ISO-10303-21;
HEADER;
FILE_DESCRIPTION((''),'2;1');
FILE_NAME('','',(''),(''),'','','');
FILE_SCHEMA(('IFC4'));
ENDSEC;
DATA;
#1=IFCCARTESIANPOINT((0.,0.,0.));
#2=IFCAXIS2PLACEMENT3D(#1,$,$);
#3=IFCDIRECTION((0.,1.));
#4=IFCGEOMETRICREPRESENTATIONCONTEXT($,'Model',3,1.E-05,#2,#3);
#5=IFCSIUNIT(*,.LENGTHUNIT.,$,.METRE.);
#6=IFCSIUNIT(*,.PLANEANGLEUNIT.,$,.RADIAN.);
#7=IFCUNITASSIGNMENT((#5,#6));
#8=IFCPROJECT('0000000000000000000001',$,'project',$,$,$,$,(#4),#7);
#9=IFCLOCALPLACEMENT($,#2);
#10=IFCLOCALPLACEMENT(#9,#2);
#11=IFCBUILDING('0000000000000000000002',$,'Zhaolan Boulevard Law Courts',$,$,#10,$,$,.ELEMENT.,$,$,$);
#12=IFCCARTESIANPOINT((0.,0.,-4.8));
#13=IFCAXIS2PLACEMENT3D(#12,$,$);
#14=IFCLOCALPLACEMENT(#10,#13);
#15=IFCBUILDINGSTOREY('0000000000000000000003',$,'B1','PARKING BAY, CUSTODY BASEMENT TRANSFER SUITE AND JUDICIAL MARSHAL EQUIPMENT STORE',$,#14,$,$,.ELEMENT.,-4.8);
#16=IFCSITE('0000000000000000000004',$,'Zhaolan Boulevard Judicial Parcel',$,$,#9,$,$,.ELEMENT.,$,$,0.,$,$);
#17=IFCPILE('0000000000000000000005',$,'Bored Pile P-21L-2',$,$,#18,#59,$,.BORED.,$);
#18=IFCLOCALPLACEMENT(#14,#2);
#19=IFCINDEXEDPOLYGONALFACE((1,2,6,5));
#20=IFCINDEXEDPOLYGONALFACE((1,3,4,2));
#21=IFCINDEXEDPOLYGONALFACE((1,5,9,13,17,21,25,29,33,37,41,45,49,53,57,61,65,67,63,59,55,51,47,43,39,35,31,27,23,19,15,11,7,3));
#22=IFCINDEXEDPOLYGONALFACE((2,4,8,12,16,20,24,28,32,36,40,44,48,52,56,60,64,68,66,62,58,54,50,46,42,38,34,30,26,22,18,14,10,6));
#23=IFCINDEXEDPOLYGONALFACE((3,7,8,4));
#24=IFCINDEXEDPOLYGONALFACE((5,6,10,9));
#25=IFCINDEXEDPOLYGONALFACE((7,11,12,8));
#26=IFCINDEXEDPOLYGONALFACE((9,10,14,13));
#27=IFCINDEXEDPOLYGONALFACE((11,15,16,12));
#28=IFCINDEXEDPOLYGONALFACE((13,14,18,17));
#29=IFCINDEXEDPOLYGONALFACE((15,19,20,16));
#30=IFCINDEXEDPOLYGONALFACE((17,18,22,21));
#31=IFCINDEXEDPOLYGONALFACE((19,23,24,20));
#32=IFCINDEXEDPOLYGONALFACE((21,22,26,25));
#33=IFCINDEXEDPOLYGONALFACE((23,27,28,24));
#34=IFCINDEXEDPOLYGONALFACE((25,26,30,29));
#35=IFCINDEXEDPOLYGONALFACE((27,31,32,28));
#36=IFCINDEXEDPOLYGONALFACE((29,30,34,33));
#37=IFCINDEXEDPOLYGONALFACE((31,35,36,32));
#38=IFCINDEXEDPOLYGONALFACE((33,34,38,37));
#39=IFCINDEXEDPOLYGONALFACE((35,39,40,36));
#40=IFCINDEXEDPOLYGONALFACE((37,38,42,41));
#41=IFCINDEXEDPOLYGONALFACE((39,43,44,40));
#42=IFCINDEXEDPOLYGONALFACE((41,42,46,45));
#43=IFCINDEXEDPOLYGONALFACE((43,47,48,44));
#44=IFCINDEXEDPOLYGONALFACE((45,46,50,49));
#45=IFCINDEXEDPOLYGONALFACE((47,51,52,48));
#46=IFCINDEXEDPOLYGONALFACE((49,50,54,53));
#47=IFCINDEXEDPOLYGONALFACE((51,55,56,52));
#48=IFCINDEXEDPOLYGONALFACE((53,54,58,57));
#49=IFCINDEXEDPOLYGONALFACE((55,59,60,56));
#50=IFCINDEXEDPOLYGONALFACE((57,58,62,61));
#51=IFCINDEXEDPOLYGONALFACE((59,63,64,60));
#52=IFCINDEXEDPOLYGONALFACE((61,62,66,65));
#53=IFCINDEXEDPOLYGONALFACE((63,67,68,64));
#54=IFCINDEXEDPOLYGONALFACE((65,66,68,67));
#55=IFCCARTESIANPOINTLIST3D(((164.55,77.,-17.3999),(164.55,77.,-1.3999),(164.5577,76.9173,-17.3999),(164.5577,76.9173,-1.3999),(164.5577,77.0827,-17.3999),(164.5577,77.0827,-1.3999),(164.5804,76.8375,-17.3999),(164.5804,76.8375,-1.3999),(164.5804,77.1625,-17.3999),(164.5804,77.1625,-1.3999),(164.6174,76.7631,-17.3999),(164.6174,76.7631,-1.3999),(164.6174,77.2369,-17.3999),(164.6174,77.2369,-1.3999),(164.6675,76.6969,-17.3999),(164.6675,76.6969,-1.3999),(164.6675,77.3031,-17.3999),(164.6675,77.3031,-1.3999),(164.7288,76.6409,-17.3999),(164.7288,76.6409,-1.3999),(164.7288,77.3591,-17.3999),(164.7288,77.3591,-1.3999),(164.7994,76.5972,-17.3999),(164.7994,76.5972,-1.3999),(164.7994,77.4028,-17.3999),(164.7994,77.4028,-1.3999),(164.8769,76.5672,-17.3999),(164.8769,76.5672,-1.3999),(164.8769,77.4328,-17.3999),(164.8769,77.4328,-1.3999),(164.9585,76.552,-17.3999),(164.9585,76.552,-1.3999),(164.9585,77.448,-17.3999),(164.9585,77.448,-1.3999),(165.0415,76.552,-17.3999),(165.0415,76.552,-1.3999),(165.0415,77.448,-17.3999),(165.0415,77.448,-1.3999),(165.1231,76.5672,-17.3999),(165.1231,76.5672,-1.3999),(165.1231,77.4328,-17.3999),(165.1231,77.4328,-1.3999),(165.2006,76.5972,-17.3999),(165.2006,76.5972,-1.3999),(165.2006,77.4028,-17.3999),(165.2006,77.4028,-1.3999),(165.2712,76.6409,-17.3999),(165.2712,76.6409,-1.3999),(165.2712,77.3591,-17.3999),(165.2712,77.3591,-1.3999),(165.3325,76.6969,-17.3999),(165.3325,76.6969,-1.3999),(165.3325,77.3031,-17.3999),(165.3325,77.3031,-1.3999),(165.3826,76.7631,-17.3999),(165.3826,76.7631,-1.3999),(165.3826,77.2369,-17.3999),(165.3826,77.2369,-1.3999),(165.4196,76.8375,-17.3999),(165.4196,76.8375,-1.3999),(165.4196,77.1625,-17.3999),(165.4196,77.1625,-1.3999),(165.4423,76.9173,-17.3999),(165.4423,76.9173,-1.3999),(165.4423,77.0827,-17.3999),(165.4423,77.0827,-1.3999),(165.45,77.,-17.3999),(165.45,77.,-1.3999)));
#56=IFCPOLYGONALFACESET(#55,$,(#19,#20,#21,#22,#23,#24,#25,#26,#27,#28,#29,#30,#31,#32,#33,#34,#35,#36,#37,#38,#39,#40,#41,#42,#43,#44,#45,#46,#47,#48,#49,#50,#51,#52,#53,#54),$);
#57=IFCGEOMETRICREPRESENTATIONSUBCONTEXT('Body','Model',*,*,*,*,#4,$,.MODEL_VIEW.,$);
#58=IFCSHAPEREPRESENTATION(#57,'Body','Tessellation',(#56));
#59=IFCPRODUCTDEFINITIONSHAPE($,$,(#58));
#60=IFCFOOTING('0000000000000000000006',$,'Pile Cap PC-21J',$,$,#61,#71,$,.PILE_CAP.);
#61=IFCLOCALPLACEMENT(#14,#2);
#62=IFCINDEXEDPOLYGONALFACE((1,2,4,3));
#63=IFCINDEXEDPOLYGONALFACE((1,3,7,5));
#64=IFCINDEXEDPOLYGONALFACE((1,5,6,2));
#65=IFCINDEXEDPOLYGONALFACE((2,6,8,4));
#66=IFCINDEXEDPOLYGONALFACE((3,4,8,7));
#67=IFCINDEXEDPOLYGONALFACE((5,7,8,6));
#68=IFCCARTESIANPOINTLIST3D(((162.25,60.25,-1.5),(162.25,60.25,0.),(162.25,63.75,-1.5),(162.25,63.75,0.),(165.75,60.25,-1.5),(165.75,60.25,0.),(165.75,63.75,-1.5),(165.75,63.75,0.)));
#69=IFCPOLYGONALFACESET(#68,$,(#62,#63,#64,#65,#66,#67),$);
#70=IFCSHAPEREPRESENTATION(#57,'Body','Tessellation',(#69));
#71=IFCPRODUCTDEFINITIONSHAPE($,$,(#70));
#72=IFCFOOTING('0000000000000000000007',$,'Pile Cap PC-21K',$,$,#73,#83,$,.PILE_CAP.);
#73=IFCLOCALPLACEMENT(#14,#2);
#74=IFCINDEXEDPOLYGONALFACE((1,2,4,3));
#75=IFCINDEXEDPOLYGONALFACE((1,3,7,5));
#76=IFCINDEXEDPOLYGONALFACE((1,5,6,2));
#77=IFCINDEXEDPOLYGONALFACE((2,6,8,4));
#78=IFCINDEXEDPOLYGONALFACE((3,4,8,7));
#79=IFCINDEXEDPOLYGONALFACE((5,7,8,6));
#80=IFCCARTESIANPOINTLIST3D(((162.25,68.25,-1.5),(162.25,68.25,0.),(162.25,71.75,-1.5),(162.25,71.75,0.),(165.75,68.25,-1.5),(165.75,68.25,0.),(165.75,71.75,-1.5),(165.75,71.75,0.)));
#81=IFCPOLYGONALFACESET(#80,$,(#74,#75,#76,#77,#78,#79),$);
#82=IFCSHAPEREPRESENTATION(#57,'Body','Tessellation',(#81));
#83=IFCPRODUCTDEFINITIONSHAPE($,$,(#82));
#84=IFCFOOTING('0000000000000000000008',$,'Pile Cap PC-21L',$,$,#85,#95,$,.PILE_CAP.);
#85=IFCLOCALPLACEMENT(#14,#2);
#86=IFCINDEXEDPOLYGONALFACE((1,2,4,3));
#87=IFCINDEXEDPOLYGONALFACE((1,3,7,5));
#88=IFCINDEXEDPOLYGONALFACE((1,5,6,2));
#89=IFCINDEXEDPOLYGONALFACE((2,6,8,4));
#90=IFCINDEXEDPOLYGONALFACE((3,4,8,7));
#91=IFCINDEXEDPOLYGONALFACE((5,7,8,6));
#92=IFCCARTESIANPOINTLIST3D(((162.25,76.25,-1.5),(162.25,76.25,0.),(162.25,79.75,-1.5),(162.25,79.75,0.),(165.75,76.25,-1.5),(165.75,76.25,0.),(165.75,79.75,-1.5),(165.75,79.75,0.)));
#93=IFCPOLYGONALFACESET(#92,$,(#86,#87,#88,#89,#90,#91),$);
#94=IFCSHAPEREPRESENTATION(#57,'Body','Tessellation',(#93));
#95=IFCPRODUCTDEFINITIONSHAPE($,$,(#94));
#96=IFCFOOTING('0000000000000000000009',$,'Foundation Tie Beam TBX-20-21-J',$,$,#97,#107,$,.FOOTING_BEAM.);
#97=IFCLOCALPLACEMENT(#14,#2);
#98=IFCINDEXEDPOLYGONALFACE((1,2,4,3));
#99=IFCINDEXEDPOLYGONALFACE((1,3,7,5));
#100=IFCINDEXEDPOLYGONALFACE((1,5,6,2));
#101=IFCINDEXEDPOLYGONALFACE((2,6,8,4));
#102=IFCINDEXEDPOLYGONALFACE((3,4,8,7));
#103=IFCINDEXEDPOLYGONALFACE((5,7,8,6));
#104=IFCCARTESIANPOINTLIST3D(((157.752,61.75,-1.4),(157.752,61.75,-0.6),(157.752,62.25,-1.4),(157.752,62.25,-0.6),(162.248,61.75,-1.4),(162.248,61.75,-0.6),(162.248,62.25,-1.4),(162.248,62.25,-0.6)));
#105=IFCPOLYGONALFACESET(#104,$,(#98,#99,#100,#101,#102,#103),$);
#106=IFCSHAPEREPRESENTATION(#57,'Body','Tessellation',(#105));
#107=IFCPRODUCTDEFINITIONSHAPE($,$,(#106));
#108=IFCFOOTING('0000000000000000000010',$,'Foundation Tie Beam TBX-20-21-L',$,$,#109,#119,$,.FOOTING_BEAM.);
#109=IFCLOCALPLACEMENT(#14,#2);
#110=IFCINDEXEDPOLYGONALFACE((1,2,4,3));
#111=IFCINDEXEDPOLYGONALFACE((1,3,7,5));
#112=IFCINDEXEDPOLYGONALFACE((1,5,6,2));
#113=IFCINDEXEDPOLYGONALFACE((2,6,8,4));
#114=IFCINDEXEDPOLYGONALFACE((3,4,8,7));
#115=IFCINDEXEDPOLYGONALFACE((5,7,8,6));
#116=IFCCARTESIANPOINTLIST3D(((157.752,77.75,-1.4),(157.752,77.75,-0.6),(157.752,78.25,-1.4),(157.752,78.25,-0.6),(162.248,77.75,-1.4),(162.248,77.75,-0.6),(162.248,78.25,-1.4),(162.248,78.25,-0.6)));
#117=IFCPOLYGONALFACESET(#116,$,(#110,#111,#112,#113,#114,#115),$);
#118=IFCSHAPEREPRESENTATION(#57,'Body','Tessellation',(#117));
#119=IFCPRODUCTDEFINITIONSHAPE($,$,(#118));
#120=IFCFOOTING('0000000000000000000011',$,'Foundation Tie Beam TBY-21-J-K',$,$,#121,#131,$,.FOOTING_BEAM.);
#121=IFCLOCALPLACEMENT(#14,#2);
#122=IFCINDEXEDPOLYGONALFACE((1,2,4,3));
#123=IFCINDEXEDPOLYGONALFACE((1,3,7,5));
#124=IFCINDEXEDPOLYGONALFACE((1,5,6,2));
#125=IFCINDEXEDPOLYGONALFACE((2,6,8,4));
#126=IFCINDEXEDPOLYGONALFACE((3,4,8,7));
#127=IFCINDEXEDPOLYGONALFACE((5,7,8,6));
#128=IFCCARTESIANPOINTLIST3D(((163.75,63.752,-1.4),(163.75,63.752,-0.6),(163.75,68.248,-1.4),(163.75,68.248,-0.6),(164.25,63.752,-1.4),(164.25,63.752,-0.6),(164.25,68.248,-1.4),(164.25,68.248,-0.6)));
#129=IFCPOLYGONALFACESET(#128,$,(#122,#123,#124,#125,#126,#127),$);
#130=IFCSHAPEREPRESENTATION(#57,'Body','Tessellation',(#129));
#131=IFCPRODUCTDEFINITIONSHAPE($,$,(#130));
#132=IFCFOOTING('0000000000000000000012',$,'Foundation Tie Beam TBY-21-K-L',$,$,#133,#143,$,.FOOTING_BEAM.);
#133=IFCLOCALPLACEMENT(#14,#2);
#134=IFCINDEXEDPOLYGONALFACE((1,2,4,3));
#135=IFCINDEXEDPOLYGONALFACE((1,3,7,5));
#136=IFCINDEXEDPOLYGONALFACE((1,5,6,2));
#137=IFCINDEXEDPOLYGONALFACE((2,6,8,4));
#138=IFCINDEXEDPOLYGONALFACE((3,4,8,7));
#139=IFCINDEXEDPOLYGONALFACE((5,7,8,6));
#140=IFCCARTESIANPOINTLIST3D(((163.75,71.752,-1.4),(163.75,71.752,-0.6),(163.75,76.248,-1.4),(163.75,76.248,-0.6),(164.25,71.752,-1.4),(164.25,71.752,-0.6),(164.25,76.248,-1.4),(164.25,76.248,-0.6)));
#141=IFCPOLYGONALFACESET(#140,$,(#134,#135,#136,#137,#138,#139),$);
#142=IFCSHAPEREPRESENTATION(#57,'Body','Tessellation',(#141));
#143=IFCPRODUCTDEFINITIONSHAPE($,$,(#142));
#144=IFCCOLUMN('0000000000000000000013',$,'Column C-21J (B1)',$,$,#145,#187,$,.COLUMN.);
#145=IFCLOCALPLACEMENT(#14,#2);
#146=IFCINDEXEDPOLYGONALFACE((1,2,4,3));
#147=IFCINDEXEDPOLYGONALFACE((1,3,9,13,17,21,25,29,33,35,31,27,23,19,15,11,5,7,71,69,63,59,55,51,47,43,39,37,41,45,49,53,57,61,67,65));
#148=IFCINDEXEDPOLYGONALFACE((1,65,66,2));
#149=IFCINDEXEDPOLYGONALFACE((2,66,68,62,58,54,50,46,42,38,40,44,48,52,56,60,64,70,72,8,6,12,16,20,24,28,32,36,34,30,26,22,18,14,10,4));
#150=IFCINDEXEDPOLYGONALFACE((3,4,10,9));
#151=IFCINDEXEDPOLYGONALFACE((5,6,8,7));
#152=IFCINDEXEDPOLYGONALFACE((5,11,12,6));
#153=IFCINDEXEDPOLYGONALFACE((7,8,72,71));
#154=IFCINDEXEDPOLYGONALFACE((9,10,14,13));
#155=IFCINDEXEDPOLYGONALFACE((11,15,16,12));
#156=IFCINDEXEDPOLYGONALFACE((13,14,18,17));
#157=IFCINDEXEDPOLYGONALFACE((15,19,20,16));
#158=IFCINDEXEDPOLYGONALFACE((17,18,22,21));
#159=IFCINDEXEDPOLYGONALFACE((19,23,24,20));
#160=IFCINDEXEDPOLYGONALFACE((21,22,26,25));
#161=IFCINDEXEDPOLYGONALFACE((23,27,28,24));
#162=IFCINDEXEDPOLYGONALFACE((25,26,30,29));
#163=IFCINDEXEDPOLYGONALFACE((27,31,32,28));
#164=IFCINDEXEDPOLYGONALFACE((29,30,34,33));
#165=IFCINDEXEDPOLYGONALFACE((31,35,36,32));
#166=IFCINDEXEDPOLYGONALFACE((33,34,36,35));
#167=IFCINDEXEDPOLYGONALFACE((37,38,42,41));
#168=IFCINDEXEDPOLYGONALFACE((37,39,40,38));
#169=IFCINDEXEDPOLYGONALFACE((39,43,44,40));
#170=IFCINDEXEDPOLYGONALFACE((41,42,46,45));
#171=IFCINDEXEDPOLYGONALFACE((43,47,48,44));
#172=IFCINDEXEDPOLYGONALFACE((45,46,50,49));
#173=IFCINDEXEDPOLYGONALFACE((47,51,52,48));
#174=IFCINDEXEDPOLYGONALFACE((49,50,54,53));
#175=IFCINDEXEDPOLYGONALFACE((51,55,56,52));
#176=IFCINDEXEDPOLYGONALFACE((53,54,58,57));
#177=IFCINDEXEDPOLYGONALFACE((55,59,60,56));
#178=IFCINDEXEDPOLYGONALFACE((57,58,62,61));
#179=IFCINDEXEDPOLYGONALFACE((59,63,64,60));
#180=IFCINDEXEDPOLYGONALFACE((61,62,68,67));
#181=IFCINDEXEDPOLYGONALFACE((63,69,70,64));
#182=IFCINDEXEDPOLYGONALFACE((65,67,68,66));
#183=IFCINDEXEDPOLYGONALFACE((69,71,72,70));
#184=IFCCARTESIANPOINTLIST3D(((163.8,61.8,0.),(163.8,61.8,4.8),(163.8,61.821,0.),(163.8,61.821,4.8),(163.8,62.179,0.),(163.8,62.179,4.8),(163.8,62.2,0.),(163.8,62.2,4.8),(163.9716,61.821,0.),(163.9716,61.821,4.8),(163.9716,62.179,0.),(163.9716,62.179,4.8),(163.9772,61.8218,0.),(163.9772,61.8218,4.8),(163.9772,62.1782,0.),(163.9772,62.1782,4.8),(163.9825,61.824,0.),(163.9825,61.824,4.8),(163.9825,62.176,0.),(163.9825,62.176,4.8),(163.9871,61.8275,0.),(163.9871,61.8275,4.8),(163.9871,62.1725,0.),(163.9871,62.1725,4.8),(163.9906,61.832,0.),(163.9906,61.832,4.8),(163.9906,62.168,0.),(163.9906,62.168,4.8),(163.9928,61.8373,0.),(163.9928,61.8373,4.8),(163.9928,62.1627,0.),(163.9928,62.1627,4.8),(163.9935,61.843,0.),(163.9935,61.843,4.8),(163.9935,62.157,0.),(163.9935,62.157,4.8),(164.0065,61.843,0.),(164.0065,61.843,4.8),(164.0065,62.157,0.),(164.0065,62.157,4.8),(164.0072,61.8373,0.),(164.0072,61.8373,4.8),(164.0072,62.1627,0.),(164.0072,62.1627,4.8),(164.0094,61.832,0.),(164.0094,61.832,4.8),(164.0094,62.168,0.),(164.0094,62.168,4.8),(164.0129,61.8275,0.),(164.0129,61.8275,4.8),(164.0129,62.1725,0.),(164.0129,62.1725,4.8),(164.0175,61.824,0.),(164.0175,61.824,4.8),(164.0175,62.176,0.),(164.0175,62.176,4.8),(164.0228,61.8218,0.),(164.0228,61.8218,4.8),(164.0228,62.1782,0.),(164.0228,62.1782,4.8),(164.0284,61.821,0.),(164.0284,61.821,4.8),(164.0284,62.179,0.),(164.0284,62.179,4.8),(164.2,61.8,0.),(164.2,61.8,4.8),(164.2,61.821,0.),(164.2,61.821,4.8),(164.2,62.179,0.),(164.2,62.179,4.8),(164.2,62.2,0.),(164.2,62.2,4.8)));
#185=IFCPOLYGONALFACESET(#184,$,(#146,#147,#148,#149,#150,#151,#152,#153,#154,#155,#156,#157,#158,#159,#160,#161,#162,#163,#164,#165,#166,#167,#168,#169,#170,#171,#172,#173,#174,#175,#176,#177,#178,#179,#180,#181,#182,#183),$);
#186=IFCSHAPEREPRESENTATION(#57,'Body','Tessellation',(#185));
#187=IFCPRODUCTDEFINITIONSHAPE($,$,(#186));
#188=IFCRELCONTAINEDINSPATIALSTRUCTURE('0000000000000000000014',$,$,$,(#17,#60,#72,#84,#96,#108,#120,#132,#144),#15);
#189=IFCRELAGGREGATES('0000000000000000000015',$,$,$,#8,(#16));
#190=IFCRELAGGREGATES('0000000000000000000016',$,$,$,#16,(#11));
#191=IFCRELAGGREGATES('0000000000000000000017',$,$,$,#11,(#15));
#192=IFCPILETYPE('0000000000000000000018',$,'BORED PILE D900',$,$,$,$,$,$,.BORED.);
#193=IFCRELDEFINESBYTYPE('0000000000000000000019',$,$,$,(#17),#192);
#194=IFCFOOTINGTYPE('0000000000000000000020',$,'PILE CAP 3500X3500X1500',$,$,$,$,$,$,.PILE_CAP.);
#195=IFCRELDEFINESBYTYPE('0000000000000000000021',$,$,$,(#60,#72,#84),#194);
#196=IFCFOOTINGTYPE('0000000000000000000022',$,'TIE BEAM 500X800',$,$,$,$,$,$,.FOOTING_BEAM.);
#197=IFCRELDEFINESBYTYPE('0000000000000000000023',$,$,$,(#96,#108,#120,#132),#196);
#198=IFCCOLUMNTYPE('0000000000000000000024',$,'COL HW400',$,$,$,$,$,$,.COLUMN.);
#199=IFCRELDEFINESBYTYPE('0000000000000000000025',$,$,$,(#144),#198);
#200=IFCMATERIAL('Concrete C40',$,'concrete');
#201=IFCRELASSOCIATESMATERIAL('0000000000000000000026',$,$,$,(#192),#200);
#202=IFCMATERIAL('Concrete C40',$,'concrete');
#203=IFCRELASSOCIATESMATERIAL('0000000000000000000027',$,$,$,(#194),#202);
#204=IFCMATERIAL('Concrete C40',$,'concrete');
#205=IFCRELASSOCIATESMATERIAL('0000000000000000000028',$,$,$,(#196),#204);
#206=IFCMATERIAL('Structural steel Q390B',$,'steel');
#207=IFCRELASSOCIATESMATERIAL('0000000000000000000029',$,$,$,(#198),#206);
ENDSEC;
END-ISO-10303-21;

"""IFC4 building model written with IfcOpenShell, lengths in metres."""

from ifc_helpers import new_model, si_unit, direction, frame, origin, origin_2d, place, context, subcontext, project, spatial, rectangle, circle, i_section, extrude, material, material_profile, profile_set, type_object, element, save


model = new_model("IFC4")

# Units and contexts
model_context = context("Model", 3, precision=1e-05, world=origin(), true_north=direction((0.0, 1.0)))
body_context = subcontext(model_context, "Body", "Model", "MODEL_VIEW")
ifc_project = project(units=[si_unit("LENGTHUNIT", "METRE"), si_unit("PLANEANGLEUNIT", "RADIAN")], contexts=[model_context])

# Site, building, storey
site_placement = place(None, origin())
site = spatial("IfcSite", under=ifc_project, at=site_placement, Name="Zhaolan Boulevard Judicial Parcel", CompositionType="ELEMENT", RefElevation=0.0)
building_placement = place(site_placement, origin())
building = spatial("IfcBuilding", under=site, at=building_placement, Name="Zhaolan Boulevard Law Courts", CompositionType="ELEMENT")
storey_placement = place(building_placement, frame((0.0, 0.0, -4.8)))
storey = spatial("IfcBuildingStorey", under=building, at=storey_placement, Name="B1", Description="PARKING BAY, CUSTODY BASEMENT TRANSFER SUITE AND JUDICIAL MARSHAL EQUIPMENT STORE", CompositionType="ELEMENT", Elevation=-4.8)

# Pile
ifc_material_1 = material(Name="Concrete C40", Category="concrete")
ifc_material_profile_1 = material_profile(ifc_material_1, circle(Radius=0.45, at=origin_2d()), Name="PILE-D900")
ifc_profile_set_1 = profile_set([ifc_material_profile_1], Name="Concrete C40")
pile_type = type_object("IfcPileType", Name="BORED PILE D900", PredefinedType="BORED", material=ifc_profile_set_1)
for number, where, z_axis, x_axis, name in (
    (1, (165.0, 77.0, -1.3999), (0.0, 0.0, -1.0), (1.0, 0.0, 0.0), "Bored Pile P-21L-2"),
):
    element("IfcPile", number, at=place(storey_placement, frame(where, z_axis=z_axis, x_axis=x_axis)), inside=storey, type_object=pile_type, Name=name, PredefinedType="BORED", context=body_context, shape_type="SweptSolid", body=[
        extrude(circle(Radius=0.45, at=origin_2d()), origin(), (0.0, 0.0, 1.0), 16.0),
    ])

# Footings
ifc_material_2 = material(Name="Concrete C40", Category="concrete")
footing_type_1 = type_object("IfcFootingType", Name="PILE CAP 3500X3500X1500", PredefinedType="PILE_CAP", material=ifc_material_2)
for number, where, z_axis, x_axis, name in (
    (2, (164.0, 62.0, -1.5), (0.0, 0.0, 1.0), (1.0, 0.0, 0.0), "Pile Cap PC-21J"),
    (3, (164.0, 70.0, -1.5), (0.0, 0.0, 1.0), (1.0, 0.0, 0.0), "Pile Cap PC-21K"),
    (4, (164.0, 78.0, -1.5), (0.0, 0.0, 1.0), (1.0, 0.0, 0.0), "Pile Cap PC-21L"),
):
    element("IfcFooting", number, at=place(storey_placement, frame(where, z_axis=z_axis, x_axis=x_axis)), inside=storey, type_object=footing_type_1, Name=name, PredefinedType="PILE_CAP", context=body_context, shape_type="SweptSolid", body=[
        extrude(rectangle(XDim=3.5, YDim=3.5, at=origin_2d()), origin(), (0.0, 0.0, 1.0), 1.5),
    ])
ifc_material_3 = material(Name="Concrete C40", Category="concrete")
ifc_material_profile_2 = material_profile(ifc_material_3, rectangle(XDim=0.5, YDim=0.8, at=origin_2d()), Name="RC500x800")
ifc_profile_set_2 = profile_set([ifc_material_profile_2], Name="Concrete C40")
footing_type_2 = type_object("IfcFootingType", Name="TIE BEAM 500X800", PredefinedType="FOOTING_BEAM", material=ifc_profile_set_2)
for number, where, z_axis, x_axis, name in (
    (5, (157.752, 62.0, -1.0), (1.0, 0.0, 0.0), (0.0, 1.0, 0.0), "Foundation Tie Beam TBX-20-21-J"),
    (6, (157.752, 78.0, -1.0), (1.0, 0.0, 0.0), (0.0, 1.0, 0.0), "Foundation Tie Beam TBX-20-21-L"),
    (7, (164.0, 63.752, -1.0), (0.0, 1.0, 0.0), (-1.0, 0.0, 0.0), "Foundation Tie Beam TBY-21-J-K"),
    (8, (164.0, 71.752, -1.0), (0.0, 1.0, 0.0), (-1.0, 0.0, 0.0), "Foundation Tie Beam TBY-21-K-L"),
):
    element("IfcFooting", number, at=place(storey_placement, frame(where, z_axis=z_axis, x_axis=x_axis)), inside=storey, type_object=footing_type_2, Name=name, PredefinedType="FOOTING_BEAM", context=body_context, shape_type="SweptSolid", body=[
        extrude(rectangle(XDim=0.5, YDim=0.8, at=origin_2d()), origin(), (0.0, 0.0, 1.0), 4.4961),
    ])

# Column
ifc_material_4 = material(Name="Structural steel Q390B", Category="steel")
ifc_material_profile_3 = material_profile(ifc_material_4, i_section(OverallWidth=0.3999, OverallDepth=0.3999, WebThickness=0.0129, FlangeThickness=0.021, FilletRadius=0.022, at=origin_2d()), Name="HW400x400")
ifc_profile_set_3 = profile_set([ifc_material_profile_3], Name="Structural steel Q390B")
column_type = type_object("IfcColumnType", Name="COL HW400", PredefinedType="COLUMN", material=ifc_profile_set_3)
for number, where, z_axis, x_axis, name in (
    (9, (164.0, 62.0, 0.0), (0.0, 0.0, 1.0), (1.0, 0.0, 0.0), "Column C-21J (B1)"),
):
    element("IfcColumn", number, at=place(storey_placement, frame(where, z_axis=z_axis, x_axis=x_axis)), inside=storey, type_object=column_type, Name=name, PredefinedType="COLUMN", context=body_context, shape_type="SweptSolid", body=[
        extrude(i_section(OverallWidth=0.3999, OverallDepth=0.3999, WebThickness=0.0129, FlangeThickness=0.021, FilletRadius=0.022, at=origin_2d()), origin(), (0.0, 0.0, 1.0), 4.8),
    ])

save(model, "model.ifc")
